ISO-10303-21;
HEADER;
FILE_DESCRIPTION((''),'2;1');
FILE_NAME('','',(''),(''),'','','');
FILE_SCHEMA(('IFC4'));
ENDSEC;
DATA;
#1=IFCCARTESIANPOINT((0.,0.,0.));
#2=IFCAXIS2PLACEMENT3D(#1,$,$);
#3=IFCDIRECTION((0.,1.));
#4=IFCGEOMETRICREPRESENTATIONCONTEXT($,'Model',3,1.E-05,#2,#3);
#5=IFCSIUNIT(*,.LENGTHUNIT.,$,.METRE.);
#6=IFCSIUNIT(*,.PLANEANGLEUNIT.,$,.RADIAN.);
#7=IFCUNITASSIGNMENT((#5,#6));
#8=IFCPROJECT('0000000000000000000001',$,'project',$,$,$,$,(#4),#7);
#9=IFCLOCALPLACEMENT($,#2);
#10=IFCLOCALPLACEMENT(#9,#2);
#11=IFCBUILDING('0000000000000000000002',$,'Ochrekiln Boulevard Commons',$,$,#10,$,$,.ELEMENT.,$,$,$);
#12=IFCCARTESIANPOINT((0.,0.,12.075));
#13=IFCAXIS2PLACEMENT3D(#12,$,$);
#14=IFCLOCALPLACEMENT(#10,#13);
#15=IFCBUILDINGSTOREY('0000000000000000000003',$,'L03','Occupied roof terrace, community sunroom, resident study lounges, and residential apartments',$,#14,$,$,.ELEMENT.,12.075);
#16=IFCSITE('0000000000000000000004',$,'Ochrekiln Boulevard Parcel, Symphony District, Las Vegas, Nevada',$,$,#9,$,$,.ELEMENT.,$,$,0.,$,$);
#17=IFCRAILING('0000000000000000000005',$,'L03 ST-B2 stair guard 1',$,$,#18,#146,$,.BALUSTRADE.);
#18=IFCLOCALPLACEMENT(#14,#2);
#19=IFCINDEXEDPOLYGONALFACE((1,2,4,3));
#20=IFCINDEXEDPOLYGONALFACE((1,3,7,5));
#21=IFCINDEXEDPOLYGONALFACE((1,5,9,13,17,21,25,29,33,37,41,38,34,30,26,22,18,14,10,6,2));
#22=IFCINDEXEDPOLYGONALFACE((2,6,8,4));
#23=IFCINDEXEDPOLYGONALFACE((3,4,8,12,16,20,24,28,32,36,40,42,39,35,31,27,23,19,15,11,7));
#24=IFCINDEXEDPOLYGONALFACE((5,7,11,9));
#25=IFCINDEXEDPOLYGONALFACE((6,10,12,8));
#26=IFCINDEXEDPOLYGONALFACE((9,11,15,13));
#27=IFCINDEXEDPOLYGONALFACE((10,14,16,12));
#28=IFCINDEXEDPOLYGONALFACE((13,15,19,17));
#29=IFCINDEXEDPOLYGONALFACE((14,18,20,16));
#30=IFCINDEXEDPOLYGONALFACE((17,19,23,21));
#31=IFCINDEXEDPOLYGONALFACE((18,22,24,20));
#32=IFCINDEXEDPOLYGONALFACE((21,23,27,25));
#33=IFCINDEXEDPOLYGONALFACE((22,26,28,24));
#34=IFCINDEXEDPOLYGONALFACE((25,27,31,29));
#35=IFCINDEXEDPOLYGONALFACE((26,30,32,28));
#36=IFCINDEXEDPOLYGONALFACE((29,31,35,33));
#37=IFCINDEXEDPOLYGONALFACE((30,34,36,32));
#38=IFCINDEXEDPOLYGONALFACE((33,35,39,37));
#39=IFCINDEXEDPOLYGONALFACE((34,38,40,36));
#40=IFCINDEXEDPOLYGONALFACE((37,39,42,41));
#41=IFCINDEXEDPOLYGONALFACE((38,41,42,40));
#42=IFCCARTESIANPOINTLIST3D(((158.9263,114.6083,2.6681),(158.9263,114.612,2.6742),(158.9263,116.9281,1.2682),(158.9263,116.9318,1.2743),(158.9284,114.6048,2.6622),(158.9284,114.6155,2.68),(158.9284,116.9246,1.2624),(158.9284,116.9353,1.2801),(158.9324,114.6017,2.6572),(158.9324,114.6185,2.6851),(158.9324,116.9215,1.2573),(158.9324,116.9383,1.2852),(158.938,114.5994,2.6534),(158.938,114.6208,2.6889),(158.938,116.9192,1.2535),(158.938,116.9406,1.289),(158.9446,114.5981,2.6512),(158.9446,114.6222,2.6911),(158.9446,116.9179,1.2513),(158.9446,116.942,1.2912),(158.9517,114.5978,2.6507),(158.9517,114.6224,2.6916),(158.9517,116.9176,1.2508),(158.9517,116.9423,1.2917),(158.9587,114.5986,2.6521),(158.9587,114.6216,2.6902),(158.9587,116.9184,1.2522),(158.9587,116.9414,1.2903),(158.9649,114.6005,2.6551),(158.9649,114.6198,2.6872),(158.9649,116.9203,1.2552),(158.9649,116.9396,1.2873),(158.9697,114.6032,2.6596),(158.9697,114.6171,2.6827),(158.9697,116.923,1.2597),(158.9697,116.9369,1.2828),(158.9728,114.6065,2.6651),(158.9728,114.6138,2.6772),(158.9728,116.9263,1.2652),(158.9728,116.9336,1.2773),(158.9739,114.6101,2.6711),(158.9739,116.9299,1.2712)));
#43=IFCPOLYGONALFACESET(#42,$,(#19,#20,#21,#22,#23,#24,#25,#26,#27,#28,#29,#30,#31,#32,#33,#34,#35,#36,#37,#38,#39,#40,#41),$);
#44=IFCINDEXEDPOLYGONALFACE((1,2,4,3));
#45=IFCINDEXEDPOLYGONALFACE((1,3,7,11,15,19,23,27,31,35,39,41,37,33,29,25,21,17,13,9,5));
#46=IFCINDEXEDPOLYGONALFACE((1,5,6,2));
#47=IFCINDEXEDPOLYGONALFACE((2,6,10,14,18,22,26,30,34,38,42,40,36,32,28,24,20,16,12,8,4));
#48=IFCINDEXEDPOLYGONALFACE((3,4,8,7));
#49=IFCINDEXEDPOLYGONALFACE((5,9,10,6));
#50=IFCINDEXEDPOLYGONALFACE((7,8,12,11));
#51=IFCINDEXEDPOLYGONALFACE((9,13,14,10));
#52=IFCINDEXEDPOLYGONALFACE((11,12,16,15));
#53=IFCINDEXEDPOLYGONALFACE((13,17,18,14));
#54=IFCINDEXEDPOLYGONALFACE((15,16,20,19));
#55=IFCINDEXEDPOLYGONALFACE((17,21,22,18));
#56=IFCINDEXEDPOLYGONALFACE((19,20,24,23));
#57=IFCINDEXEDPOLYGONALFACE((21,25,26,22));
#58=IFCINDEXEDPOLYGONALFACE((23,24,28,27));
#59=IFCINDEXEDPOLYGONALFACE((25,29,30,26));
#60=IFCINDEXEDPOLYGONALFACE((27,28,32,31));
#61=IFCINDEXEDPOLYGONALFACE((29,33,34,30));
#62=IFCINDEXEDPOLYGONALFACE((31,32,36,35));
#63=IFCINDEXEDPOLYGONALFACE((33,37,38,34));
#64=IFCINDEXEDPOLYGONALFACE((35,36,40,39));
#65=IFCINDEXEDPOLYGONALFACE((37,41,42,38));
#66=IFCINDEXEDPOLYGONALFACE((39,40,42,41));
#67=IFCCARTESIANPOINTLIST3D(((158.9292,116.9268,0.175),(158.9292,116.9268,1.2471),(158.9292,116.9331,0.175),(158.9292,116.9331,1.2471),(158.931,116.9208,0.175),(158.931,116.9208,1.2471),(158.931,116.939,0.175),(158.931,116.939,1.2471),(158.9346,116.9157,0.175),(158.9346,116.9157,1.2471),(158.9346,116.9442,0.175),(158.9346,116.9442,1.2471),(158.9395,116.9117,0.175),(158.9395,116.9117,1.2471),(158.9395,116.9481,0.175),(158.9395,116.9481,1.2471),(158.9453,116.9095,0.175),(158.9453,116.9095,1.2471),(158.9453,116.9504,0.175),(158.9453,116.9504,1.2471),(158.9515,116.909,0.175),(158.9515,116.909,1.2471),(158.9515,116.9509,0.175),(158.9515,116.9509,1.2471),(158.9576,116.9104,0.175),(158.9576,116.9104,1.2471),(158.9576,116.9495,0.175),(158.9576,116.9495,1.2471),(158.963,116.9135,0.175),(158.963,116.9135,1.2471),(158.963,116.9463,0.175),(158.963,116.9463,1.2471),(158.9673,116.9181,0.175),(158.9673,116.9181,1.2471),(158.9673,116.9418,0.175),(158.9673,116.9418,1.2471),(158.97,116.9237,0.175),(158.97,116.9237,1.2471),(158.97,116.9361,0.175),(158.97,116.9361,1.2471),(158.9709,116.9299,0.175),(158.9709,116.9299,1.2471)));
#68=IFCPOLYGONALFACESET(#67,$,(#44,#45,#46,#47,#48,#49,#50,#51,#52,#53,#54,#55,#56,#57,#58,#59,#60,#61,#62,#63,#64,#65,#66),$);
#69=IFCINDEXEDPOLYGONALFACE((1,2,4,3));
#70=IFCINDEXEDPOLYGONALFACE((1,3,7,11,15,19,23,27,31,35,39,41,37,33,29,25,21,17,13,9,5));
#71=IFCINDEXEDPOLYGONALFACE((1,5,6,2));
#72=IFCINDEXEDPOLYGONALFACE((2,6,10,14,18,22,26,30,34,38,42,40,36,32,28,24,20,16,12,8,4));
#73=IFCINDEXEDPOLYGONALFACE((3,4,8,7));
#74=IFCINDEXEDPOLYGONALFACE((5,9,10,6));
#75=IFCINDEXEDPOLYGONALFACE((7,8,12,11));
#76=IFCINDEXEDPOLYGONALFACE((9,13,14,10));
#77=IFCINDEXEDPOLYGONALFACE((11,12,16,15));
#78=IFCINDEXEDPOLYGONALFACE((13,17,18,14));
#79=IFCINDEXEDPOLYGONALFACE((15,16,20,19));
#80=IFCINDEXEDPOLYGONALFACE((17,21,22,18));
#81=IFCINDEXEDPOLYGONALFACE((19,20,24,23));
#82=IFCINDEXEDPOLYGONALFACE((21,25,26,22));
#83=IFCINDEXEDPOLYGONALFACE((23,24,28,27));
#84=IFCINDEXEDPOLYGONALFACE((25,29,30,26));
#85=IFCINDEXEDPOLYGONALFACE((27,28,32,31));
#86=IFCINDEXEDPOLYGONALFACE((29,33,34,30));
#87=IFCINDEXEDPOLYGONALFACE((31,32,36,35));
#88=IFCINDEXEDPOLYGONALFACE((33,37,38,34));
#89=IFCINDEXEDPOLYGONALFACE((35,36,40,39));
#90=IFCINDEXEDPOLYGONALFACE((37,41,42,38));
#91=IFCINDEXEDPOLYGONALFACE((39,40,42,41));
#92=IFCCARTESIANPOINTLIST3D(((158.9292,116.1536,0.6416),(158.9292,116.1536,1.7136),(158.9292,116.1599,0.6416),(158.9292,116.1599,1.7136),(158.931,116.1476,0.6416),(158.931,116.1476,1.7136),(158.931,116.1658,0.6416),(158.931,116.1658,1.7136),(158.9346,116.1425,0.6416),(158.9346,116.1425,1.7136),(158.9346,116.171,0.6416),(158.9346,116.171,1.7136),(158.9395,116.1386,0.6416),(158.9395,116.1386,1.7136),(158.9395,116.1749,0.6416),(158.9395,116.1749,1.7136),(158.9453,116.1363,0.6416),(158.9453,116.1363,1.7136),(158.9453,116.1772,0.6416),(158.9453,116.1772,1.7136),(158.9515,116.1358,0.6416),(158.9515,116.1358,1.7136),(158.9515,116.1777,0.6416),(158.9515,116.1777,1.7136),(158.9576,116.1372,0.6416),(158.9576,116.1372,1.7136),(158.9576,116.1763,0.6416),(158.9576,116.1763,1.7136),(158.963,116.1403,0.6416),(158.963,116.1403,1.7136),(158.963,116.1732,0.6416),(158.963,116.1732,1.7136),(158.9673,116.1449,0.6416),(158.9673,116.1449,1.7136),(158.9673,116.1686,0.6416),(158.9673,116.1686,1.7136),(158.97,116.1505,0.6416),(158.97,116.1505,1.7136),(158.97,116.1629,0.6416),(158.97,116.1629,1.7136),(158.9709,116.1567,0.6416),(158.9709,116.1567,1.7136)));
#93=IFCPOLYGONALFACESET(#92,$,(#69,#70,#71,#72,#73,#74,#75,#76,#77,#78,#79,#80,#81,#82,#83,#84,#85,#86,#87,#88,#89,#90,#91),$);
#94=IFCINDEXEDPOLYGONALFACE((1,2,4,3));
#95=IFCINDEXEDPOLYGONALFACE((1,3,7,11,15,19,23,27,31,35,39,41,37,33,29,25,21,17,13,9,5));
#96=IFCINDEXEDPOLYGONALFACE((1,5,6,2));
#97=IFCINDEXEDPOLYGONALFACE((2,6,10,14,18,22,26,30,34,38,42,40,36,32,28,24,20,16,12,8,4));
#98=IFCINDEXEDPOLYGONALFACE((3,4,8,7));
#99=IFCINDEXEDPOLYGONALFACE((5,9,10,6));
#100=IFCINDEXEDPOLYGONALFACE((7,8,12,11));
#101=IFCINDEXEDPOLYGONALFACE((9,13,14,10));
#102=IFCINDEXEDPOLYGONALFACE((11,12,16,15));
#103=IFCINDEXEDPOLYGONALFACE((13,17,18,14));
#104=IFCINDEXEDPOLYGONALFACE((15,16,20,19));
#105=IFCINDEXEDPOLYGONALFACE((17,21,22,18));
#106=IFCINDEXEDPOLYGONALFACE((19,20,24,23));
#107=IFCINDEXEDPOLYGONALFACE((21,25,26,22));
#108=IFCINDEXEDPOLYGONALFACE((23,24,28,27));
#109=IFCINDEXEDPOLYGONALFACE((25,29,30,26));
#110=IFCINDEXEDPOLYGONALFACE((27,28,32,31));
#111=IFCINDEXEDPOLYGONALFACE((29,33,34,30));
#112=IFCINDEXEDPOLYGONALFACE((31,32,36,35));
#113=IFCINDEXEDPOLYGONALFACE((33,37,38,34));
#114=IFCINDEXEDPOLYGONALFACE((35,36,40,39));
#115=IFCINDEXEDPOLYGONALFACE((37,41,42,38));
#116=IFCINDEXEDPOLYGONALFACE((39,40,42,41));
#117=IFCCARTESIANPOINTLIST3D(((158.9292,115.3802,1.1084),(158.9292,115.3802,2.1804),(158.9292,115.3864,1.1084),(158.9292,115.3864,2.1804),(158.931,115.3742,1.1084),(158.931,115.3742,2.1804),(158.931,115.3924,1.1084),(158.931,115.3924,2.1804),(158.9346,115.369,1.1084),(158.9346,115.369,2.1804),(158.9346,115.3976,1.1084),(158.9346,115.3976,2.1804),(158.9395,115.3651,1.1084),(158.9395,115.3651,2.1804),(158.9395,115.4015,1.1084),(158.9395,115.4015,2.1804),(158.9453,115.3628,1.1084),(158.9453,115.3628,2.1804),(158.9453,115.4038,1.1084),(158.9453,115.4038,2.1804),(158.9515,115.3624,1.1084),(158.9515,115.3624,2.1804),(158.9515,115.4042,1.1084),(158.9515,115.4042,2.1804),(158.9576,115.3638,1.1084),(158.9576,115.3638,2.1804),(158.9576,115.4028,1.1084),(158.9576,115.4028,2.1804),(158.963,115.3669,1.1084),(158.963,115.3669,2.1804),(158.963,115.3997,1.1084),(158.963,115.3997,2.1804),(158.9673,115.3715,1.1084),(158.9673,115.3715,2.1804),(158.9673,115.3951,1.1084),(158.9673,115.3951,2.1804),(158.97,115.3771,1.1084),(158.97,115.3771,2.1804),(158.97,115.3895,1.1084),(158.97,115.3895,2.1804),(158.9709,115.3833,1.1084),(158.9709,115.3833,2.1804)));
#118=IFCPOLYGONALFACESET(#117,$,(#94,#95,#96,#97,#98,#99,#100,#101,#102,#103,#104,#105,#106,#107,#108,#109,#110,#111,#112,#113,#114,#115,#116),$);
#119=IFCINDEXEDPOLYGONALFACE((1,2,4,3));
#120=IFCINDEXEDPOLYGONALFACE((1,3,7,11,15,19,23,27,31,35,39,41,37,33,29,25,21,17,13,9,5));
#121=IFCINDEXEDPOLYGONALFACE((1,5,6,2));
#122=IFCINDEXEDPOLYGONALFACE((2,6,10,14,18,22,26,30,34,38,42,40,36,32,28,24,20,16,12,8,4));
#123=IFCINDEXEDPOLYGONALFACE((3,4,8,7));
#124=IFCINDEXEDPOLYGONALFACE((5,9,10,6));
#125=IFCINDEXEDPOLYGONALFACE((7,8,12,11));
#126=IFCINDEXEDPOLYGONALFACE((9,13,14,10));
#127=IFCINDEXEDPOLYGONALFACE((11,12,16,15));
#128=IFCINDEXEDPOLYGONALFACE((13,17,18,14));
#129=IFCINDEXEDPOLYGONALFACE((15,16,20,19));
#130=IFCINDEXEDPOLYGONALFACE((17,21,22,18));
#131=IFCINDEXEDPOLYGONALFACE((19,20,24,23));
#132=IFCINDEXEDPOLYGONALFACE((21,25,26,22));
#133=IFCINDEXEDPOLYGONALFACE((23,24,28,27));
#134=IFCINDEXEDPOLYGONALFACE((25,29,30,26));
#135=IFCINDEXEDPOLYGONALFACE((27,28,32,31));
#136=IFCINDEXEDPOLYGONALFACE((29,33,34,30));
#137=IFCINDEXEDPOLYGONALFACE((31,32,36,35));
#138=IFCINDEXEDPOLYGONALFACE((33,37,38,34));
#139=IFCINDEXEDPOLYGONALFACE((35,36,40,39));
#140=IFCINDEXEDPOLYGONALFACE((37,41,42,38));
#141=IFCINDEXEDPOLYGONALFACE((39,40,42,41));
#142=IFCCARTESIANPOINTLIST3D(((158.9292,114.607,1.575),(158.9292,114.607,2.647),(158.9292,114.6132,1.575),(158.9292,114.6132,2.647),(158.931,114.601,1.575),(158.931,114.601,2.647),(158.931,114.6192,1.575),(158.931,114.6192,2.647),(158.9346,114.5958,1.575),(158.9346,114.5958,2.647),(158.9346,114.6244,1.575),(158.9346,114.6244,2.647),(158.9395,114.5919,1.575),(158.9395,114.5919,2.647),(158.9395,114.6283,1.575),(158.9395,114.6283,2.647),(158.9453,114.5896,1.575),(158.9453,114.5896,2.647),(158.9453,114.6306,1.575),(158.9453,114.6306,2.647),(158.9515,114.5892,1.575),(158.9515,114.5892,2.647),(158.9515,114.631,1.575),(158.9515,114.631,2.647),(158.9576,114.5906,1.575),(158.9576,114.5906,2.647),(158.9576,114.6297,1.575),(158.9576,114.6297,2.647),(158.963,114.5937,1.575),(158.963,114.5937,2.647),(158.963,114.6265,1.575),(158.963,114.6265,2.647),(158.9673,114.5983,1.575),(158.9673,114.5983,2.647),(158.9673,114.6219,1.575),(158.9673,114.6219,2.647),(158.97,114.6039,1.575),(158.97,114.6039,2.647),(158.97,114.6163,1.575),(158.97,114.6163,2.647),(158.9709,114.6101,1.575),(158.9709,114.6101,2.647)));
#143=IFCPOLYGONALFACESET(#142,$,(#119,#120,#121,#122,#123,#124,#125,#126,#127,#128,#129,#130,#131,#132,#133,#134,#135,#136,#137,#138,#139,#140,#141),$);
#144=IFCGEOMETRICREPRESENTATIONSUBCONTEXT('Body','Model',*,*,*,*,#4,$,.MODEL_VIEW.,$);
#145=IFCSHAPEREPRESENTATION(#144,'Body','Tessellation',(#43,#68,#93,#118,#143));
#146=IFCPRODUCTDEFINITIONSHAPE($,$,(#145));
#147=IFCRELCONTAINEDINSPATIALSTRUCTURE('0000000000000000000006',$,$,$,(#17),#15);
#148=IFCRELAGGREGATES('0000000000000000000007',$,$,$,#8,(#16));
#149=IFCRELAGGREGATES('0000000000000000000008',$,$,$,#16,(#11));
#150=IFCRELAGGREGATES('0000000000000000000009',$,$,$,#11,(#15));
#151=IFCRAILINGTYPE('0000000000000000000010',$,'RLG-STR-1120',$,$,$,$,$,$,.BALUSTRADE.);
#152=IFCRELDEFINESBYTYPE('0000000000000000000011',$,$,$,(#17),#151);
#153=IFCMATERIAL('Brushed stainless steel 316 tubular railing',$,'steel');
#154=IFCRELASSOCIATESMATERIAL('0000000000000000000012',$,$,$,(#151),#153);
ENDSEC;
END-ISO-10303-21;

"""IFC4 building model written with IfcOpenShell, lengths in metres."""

from ifc_helpers import new_model, si_unit, direction, frame, origin, origin_2d, place, context, subcontext, project, spatial, circle, extrude, material, type_object, element, save


model = new_model("IFC4")

# Units and contexts
model_context = context("Model", 3, precision=1e-05, world=origin(), true_north=direction((0.0, 1.0)))
body_context = subcontext(model_context, "Body", "Model", "MODEL_VIEW")
ifc_project = project(units=[si_unit("LENGTHUNIT", "METRE"), si_unit("PLANEANGLEUNIT", "RADIAN")], contexts=[model_context])

# Site, building, storey
site_placement = place(None, origin())
site = spatial("IfcSite", under=ifc_project, at=site_placement, Name="Ochrekiln Boulevard Parcel, Symphony District, Las Vegas, Nevada", CompositionType="ELEMENT", RefElevation=0.0)
building_placement = place(site_placement, origin())
building = spatial("IfcBuilding", under=site, at=building_placement, Name="Ochrekiln Boulevard Commons", CompositionType="ELEMENT")
storey_placement = place(building_placement, frame((0.0, 0.0, 12.075)))
storey = spatial("IfcBuildingStorey", under=building, at=storey_placement, Name="L03", Description="Occupied roof terrace, community sunroom, resident study lounges, and residential apartments", CompositionType="ELEMENT", Elevation=12.075)

# Railing
ifc_material_1 = material(Name="Brushed stainless steel 316 tubular railing", Category="steel")
railing_type_1 = type_object("IfcRailingType", Name="RLG-STR-1120", PredefinedType="BALUSTRADE", material=ifc_material_1)
railing_1_placement = place(storey_placement, frame((158.95, 116.9299, 0.175)))
element("IfcRailing", 1, at=railing_1_placement, inside=storey, type_object=railing_type_1, Name="L03 ST-B2 stair guard 1", PredefinedType="BALUSTRADE", context=body_context, shape_type="SweptSolid", body=[
    extrude(circle(Radius=0.0239, at=origin_2d()), frame((0.0, 0.0, 1.0962), z_axis=(0.0, -0.856186, 0.516667), x_axis=(1.0, 0.0, 0.0)), (0.0, 0.0, 1.0), 2.7095),
    extrude(circle(Radius=0.021, at=origin_2d()), origin(), (0.0, 0.0, 1.0), 1.072),
    extrude(circle(Radius=0.021, at=origin_2d()), frame((0.0, -0.7732, 0.4666)), (0.0, 0.0, 1.0), 1.072),
    extrude(circle(Radius=0.021, at=origin_2d()), frame((0.0, -1.5466, 0.9333)), (0.0, 0.0, 1.0), 1.072),
    extrude(circle(Radius=0.021, at=origin_2d()), frame((0.0, -2.3198, 1.3999)), (0.0, 0.0, 1.0), 1.072),
])

save(model, "model.ifc")
